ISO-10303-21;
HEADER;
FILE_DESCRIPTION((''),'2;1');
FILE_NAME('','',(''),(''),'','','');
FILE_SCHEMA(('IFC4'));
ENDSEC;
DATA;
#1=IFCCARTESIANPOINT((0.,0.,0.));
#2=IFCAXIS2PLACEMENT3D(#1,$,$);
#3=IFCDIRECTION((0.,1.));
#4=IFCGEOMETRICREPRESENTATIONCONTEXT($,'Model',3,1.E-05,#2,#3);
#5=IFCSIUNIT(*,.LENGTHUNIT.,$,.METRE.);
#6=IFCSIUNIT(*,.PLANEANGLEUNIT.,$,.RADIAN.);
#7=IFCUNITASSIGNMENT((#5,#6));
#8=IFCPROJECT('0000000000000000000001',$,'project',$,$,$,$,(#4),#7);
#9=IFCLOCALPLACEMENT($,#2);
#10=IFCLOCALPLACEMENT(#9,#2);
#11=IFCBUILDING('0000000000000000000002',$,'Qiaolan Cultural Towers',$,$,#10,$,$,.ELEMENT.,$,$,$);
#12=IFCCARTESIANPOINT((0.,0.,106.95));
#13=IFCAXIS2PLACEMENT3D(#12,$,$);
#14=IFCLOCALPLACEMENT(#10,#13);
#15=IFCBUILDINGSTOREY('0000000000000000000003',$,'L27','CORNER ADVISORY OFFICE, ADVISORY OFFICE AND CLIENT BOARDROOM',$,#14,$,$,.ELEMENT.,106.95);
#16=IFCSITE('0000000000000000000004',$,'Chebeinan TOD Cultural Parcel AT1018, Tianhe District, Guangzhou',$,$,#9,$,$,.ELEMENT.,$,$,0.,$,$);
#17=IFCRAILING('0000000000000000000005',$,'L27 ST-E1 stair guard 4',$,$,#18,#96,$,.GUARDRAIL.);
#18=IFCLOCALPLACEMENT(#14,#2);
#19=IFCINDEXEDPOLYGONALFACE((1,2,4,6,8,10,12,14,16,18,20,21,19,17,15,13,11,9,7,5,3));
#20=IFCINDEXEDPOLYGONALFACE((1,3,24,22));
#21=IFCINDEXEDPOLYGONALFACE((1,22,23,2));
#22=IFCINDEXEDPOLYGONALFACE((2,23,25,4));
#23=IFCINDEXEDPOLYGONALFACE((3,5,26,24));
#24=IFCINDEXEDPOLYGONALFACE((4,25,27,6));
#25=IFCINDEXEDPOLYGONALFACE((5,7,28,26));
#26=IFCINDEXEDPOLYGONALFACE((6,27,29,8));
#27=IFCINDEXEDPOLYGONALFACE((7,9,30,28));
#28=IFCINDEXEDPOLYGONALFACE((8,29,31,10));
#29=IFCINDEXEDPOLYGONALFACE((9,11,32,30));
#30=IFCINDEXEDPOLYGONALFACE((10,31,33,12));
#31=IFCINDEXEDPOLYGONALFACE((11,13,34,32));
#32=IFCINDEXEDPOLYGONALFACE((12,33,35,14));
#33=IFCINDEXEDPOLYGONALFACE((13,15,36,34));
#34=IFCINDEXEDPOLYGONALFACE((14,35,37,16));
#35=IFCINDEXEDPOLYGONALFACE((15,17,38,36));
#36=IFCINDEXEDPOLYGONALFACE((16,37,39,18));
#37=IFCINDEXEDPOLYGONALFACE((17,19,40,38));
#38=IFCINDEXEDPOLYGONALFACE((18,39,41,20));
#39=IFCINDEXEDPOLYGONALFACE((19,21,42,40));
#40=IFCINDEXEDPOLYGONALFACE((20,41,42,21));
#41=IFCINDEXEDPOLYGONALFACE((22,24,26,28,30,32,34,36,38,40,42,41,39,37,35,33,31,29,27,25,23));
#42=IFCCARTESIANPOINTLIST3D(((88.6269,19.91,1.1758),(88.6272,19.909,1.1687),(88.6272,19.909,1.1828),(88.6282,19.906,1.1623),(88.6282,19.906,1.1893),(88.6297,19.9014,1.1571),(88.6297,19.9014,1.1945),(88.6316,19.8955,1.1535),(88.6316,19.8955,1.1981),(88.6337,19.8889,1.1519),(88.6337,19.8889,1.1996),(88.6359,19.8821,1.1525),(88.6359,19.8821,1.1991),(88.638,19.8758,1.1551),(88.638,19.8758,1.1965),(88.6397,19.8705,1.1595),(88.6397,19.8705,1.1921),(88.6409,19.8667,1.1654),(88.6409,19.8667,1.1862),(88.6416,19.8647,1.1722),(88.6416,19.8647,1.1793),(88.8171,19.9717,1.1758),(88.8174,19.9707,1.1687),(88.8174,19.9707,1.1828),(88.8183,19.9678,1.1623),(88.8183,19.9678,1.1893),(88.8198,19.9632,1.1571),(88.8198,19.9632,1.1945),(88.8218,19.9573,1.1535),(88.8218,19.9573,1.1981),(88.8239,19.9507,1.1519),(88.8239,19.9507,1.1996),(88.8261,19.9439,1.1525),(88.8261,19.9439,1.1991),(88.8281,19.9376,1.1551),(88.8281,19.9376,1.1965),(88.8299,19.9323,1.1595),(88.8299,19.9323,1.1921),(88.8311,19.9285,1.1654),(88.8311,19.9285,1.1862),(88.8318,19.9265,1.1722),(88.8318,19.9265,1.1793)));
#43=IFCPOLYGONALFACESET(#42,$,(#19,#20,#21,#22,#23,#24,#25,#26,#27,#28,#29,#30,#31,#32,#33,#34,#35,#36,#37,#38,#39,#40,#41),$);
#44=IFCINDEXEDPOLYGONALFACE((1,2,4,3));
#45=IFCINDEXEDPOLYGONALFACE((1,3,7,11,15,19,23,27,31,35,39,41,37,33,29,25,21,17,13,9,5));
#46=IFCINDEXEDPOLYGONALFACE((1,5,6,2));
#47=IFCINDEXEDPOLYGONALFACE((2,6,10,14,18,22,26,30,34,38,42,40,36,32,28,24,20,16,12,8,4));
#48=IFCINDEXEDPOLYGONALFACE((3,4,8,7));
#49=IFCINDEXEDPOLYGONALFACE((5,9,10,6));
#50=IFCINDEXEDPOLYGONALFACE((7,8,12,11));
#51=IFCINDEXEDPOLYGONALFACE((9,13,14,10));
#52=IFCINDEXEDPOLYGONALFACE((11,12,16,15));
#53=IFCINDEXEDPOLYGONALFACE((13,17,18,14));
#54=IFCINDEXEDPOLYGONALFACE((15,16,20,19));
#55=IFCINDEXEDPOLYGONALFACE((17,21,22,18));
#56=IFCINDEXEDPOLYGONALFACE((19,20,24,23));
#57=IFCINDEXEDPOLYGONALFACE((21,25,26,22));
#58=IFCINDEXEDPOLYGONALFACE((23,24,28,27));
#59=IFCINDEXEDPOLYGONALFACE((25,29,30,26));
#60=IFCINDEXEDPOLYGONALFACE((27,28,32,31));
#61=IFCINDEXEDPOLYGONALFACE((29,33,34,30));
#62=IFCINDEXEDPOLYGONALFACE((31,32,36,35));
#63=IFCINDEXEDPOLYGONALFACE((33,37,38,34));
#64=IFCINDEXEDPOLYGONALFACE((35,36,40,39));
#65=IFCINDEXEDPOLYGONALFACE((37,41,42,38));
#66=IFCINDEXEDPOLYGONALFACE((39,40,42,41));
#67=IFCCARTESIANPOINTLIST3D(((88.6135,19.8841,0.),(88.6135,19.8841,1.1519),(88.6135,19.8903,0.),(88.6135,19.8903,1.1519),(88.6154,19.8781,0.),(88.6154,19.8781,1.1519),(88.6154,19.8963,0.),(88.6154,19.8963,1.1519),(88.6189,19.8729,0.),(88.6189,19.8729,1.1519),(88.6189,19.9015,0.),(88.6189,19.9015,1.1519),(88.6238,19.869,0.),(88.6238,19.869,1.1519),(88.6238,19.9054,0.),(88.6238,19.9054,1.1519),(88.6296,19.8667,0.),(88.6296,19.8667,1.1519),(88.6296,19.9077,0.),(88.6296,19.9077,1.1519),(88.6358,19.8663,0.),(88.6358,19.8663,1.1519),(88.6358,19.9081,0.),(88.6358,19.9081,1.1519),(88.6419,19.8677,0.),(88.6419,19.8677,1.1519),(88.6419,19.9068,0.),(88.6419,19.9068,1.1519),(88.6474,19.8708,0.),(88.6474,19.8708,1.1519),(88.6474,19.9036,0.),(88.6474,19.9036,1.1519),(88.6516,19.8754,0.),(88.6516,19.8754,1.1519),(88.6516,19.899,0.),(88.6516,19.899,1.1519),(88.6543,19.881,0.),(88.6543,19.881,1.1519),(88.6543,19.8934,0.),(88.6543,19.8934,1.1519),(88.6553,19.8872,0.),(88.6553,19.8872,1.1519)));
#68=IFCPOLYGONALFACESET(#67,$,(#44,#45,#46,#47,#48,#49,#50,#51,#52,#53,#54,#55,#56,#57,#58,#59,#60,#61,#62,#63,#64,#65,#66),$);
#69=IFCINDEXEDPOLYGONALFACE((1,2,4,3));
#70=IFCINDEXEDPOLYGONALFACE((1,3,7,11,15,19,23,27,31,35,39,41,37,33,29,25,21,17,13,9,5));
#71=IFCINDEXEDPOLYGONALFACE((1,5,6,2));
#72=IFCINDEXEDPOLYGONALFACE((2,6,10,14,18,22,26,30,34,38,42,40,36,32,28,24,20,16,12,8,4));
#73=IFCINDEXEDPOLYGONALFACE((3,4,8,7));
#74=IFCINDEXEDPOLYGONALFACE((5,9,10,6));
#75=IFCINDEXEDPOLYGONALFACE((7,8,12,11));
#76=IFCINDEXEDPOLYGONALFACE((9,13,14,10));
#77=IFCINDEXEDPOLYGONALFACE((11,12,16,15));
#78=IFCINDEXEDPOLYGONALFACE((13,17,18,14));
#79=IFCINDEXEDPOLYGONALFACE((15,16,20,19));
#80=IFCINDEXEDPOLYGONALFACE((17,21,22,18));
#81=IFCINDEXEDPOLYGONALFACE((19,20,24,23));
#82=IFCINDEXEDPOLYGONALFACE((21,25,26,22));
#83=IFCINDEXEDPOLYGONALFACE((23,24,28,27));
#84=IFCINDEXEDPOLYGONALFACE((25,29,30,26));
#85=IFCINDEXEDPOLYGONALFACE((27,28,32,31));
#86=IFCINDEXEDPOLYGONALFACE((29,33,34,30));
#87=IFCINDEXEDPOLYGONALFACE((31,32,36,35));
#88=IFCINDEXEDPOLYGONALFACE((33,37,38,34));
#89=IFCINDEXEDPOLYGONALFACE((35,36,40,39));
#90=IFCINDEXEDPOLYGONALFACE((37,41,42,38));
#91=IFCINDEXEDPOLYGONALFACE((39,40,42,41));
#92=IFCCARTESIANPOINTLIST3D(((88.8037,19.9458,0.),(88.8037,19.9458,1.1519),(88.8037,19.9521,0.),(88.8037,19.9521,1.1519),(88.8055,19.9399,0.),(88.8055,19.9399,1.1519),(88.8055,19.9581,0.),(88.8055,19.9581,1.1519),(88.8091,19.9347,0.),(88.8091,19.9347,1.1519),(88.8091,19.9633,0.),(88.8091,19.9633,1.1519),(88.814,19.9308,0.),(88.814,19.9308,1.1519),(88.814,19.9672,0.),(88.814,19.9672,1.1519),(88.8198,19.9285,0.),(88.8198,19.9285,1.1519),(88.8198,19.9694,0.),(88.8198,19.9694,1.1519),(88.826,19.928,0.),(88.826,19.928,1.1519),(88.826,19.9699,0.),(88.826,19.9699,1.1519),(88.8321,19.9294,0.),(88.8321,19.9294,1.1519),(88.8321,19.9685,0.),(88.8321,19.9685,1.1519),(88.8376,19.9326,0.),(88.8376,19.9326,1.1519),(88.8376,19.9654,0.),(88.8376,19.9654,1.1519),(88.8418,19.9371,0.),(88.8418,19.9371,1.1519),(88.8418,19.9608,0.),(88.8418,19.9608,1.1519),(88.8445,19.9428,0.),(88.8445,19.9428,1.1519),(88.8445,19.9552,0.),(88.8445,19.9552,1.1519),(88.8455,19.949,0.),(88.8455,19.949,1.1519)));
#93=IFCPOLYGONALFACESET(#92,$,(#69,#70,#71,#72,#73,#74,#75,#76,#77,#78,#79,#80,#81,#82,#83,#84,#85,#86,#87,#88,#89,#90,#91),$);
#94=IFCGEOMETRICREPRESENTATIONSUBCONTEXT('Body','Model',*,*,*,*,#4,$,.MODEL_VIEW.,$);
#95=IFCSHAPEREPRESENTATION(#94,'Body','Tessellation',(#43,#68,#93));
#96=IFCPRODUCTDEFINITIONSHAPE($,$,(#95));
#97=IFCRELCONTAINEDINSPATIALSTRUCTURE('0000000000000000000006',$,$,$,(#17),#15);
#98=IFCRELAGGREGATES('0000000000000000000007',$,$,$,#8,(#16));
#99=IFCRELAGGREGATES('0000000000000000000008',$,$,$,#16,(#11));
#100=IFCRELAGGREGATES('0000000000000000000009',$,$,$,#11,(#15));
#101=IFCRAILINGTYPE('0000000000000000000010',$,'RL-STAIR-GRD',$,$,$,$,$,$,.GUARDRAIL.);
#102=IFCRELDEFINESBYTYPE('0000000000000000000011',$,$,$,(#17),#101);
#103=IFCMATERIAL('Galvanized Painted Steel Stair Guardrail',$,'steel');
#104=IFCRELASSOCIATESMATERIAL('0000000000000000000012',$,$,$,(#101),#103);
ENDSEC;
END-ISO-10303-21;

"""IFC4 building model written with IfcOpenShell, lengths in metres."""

from ifc_helpers import new_model, si_unit, direction, frame, origin, origin_2d, place, context, subcontext, project, spatial, circle, extrude, material, type_object, element, save


model = new_model("IFC4")

# Units and contexts
model_context = context("Model", 3, precision=1e-05, world=origin(), true_north=direction((0.0, 1.0)))
body_context = subcontext(model_context, "Body", "Model", "MODEL_VIEW")
ifc_project = project(units=[si_unit("LENGTHUNIT", "METRE"), si_unit("PLANEANGLEUNIT", "RADIAN")], contexts=[model_context])

# Site, building, storey
site_placement = place(None, origin())
site = spatial("IfcSite", under=ifc_project, at=site_placement, Name="Chebeinan TOD Cultural Parcel AT1018, Tianhe District, Guangzhou", CompositionType="ELEMENT", RefElevation=0.0)
building_placement = place(site_placement, origin())
building = spatial("IfcBuilding", under=site, at=building_placement, Name="Qiaolan Cultural Towers", CompositionType="ELEMENT")
storey_placement = place(building_placement, frame((0.0, 0.0, 106.95)))
storey = spatial("IfcBuildingStorey", under=building, at=storey_placement, Name="L27", Description="CORNER ADVISORY OFFICE, ADVISORY OFFICE AND CLIENT BOARDROOM", CompositionType="ELEMENT", Elevation=106.95)

# Railing
ifc_material_1 = material(Name="Galvanized Painted Steel Stair Guardrail", Category="steel")
railing_type_1 = type_object("IfcRailingType", Name="RL-STAIR-GRD", PredefinedType="GUARDRAIL", material=ifc_material_1)
railing_1_placement = place(storey_placement, frame((88.6343, 19.8872, 0.0)))
element("IfcRailing", 1, at=railing_1_placement, inside=storey, type_object=railing_type_1, Name="L27 ST-E1 stair guard 4", PredefinedType="GUARDRAIL", context=body_context, shape_type="SweptSolid", body=[
    extrude(circle(Radius=0.0239, at=origin_2d()), frame((0.0, 0.0, 1.1758), z_axis=(0.951097, 0.308893, 0.0), x_axis=(-0.308893, 0.951097, 0.0)), (0.0, 0.0, 1.0), 0.2),
    extrude(circle(Radius=0.021, at=origin_2d()), origin(), (0.0, 0.0, 1.0), 1.1519),
    extrude(circle(Radius=0.021, at=origin_2d()), frame((0.1902, 0.0618, 0.0)), (0.0, 0.0, 1.0), 1.1519),
])

save(model, "model.ifc")
